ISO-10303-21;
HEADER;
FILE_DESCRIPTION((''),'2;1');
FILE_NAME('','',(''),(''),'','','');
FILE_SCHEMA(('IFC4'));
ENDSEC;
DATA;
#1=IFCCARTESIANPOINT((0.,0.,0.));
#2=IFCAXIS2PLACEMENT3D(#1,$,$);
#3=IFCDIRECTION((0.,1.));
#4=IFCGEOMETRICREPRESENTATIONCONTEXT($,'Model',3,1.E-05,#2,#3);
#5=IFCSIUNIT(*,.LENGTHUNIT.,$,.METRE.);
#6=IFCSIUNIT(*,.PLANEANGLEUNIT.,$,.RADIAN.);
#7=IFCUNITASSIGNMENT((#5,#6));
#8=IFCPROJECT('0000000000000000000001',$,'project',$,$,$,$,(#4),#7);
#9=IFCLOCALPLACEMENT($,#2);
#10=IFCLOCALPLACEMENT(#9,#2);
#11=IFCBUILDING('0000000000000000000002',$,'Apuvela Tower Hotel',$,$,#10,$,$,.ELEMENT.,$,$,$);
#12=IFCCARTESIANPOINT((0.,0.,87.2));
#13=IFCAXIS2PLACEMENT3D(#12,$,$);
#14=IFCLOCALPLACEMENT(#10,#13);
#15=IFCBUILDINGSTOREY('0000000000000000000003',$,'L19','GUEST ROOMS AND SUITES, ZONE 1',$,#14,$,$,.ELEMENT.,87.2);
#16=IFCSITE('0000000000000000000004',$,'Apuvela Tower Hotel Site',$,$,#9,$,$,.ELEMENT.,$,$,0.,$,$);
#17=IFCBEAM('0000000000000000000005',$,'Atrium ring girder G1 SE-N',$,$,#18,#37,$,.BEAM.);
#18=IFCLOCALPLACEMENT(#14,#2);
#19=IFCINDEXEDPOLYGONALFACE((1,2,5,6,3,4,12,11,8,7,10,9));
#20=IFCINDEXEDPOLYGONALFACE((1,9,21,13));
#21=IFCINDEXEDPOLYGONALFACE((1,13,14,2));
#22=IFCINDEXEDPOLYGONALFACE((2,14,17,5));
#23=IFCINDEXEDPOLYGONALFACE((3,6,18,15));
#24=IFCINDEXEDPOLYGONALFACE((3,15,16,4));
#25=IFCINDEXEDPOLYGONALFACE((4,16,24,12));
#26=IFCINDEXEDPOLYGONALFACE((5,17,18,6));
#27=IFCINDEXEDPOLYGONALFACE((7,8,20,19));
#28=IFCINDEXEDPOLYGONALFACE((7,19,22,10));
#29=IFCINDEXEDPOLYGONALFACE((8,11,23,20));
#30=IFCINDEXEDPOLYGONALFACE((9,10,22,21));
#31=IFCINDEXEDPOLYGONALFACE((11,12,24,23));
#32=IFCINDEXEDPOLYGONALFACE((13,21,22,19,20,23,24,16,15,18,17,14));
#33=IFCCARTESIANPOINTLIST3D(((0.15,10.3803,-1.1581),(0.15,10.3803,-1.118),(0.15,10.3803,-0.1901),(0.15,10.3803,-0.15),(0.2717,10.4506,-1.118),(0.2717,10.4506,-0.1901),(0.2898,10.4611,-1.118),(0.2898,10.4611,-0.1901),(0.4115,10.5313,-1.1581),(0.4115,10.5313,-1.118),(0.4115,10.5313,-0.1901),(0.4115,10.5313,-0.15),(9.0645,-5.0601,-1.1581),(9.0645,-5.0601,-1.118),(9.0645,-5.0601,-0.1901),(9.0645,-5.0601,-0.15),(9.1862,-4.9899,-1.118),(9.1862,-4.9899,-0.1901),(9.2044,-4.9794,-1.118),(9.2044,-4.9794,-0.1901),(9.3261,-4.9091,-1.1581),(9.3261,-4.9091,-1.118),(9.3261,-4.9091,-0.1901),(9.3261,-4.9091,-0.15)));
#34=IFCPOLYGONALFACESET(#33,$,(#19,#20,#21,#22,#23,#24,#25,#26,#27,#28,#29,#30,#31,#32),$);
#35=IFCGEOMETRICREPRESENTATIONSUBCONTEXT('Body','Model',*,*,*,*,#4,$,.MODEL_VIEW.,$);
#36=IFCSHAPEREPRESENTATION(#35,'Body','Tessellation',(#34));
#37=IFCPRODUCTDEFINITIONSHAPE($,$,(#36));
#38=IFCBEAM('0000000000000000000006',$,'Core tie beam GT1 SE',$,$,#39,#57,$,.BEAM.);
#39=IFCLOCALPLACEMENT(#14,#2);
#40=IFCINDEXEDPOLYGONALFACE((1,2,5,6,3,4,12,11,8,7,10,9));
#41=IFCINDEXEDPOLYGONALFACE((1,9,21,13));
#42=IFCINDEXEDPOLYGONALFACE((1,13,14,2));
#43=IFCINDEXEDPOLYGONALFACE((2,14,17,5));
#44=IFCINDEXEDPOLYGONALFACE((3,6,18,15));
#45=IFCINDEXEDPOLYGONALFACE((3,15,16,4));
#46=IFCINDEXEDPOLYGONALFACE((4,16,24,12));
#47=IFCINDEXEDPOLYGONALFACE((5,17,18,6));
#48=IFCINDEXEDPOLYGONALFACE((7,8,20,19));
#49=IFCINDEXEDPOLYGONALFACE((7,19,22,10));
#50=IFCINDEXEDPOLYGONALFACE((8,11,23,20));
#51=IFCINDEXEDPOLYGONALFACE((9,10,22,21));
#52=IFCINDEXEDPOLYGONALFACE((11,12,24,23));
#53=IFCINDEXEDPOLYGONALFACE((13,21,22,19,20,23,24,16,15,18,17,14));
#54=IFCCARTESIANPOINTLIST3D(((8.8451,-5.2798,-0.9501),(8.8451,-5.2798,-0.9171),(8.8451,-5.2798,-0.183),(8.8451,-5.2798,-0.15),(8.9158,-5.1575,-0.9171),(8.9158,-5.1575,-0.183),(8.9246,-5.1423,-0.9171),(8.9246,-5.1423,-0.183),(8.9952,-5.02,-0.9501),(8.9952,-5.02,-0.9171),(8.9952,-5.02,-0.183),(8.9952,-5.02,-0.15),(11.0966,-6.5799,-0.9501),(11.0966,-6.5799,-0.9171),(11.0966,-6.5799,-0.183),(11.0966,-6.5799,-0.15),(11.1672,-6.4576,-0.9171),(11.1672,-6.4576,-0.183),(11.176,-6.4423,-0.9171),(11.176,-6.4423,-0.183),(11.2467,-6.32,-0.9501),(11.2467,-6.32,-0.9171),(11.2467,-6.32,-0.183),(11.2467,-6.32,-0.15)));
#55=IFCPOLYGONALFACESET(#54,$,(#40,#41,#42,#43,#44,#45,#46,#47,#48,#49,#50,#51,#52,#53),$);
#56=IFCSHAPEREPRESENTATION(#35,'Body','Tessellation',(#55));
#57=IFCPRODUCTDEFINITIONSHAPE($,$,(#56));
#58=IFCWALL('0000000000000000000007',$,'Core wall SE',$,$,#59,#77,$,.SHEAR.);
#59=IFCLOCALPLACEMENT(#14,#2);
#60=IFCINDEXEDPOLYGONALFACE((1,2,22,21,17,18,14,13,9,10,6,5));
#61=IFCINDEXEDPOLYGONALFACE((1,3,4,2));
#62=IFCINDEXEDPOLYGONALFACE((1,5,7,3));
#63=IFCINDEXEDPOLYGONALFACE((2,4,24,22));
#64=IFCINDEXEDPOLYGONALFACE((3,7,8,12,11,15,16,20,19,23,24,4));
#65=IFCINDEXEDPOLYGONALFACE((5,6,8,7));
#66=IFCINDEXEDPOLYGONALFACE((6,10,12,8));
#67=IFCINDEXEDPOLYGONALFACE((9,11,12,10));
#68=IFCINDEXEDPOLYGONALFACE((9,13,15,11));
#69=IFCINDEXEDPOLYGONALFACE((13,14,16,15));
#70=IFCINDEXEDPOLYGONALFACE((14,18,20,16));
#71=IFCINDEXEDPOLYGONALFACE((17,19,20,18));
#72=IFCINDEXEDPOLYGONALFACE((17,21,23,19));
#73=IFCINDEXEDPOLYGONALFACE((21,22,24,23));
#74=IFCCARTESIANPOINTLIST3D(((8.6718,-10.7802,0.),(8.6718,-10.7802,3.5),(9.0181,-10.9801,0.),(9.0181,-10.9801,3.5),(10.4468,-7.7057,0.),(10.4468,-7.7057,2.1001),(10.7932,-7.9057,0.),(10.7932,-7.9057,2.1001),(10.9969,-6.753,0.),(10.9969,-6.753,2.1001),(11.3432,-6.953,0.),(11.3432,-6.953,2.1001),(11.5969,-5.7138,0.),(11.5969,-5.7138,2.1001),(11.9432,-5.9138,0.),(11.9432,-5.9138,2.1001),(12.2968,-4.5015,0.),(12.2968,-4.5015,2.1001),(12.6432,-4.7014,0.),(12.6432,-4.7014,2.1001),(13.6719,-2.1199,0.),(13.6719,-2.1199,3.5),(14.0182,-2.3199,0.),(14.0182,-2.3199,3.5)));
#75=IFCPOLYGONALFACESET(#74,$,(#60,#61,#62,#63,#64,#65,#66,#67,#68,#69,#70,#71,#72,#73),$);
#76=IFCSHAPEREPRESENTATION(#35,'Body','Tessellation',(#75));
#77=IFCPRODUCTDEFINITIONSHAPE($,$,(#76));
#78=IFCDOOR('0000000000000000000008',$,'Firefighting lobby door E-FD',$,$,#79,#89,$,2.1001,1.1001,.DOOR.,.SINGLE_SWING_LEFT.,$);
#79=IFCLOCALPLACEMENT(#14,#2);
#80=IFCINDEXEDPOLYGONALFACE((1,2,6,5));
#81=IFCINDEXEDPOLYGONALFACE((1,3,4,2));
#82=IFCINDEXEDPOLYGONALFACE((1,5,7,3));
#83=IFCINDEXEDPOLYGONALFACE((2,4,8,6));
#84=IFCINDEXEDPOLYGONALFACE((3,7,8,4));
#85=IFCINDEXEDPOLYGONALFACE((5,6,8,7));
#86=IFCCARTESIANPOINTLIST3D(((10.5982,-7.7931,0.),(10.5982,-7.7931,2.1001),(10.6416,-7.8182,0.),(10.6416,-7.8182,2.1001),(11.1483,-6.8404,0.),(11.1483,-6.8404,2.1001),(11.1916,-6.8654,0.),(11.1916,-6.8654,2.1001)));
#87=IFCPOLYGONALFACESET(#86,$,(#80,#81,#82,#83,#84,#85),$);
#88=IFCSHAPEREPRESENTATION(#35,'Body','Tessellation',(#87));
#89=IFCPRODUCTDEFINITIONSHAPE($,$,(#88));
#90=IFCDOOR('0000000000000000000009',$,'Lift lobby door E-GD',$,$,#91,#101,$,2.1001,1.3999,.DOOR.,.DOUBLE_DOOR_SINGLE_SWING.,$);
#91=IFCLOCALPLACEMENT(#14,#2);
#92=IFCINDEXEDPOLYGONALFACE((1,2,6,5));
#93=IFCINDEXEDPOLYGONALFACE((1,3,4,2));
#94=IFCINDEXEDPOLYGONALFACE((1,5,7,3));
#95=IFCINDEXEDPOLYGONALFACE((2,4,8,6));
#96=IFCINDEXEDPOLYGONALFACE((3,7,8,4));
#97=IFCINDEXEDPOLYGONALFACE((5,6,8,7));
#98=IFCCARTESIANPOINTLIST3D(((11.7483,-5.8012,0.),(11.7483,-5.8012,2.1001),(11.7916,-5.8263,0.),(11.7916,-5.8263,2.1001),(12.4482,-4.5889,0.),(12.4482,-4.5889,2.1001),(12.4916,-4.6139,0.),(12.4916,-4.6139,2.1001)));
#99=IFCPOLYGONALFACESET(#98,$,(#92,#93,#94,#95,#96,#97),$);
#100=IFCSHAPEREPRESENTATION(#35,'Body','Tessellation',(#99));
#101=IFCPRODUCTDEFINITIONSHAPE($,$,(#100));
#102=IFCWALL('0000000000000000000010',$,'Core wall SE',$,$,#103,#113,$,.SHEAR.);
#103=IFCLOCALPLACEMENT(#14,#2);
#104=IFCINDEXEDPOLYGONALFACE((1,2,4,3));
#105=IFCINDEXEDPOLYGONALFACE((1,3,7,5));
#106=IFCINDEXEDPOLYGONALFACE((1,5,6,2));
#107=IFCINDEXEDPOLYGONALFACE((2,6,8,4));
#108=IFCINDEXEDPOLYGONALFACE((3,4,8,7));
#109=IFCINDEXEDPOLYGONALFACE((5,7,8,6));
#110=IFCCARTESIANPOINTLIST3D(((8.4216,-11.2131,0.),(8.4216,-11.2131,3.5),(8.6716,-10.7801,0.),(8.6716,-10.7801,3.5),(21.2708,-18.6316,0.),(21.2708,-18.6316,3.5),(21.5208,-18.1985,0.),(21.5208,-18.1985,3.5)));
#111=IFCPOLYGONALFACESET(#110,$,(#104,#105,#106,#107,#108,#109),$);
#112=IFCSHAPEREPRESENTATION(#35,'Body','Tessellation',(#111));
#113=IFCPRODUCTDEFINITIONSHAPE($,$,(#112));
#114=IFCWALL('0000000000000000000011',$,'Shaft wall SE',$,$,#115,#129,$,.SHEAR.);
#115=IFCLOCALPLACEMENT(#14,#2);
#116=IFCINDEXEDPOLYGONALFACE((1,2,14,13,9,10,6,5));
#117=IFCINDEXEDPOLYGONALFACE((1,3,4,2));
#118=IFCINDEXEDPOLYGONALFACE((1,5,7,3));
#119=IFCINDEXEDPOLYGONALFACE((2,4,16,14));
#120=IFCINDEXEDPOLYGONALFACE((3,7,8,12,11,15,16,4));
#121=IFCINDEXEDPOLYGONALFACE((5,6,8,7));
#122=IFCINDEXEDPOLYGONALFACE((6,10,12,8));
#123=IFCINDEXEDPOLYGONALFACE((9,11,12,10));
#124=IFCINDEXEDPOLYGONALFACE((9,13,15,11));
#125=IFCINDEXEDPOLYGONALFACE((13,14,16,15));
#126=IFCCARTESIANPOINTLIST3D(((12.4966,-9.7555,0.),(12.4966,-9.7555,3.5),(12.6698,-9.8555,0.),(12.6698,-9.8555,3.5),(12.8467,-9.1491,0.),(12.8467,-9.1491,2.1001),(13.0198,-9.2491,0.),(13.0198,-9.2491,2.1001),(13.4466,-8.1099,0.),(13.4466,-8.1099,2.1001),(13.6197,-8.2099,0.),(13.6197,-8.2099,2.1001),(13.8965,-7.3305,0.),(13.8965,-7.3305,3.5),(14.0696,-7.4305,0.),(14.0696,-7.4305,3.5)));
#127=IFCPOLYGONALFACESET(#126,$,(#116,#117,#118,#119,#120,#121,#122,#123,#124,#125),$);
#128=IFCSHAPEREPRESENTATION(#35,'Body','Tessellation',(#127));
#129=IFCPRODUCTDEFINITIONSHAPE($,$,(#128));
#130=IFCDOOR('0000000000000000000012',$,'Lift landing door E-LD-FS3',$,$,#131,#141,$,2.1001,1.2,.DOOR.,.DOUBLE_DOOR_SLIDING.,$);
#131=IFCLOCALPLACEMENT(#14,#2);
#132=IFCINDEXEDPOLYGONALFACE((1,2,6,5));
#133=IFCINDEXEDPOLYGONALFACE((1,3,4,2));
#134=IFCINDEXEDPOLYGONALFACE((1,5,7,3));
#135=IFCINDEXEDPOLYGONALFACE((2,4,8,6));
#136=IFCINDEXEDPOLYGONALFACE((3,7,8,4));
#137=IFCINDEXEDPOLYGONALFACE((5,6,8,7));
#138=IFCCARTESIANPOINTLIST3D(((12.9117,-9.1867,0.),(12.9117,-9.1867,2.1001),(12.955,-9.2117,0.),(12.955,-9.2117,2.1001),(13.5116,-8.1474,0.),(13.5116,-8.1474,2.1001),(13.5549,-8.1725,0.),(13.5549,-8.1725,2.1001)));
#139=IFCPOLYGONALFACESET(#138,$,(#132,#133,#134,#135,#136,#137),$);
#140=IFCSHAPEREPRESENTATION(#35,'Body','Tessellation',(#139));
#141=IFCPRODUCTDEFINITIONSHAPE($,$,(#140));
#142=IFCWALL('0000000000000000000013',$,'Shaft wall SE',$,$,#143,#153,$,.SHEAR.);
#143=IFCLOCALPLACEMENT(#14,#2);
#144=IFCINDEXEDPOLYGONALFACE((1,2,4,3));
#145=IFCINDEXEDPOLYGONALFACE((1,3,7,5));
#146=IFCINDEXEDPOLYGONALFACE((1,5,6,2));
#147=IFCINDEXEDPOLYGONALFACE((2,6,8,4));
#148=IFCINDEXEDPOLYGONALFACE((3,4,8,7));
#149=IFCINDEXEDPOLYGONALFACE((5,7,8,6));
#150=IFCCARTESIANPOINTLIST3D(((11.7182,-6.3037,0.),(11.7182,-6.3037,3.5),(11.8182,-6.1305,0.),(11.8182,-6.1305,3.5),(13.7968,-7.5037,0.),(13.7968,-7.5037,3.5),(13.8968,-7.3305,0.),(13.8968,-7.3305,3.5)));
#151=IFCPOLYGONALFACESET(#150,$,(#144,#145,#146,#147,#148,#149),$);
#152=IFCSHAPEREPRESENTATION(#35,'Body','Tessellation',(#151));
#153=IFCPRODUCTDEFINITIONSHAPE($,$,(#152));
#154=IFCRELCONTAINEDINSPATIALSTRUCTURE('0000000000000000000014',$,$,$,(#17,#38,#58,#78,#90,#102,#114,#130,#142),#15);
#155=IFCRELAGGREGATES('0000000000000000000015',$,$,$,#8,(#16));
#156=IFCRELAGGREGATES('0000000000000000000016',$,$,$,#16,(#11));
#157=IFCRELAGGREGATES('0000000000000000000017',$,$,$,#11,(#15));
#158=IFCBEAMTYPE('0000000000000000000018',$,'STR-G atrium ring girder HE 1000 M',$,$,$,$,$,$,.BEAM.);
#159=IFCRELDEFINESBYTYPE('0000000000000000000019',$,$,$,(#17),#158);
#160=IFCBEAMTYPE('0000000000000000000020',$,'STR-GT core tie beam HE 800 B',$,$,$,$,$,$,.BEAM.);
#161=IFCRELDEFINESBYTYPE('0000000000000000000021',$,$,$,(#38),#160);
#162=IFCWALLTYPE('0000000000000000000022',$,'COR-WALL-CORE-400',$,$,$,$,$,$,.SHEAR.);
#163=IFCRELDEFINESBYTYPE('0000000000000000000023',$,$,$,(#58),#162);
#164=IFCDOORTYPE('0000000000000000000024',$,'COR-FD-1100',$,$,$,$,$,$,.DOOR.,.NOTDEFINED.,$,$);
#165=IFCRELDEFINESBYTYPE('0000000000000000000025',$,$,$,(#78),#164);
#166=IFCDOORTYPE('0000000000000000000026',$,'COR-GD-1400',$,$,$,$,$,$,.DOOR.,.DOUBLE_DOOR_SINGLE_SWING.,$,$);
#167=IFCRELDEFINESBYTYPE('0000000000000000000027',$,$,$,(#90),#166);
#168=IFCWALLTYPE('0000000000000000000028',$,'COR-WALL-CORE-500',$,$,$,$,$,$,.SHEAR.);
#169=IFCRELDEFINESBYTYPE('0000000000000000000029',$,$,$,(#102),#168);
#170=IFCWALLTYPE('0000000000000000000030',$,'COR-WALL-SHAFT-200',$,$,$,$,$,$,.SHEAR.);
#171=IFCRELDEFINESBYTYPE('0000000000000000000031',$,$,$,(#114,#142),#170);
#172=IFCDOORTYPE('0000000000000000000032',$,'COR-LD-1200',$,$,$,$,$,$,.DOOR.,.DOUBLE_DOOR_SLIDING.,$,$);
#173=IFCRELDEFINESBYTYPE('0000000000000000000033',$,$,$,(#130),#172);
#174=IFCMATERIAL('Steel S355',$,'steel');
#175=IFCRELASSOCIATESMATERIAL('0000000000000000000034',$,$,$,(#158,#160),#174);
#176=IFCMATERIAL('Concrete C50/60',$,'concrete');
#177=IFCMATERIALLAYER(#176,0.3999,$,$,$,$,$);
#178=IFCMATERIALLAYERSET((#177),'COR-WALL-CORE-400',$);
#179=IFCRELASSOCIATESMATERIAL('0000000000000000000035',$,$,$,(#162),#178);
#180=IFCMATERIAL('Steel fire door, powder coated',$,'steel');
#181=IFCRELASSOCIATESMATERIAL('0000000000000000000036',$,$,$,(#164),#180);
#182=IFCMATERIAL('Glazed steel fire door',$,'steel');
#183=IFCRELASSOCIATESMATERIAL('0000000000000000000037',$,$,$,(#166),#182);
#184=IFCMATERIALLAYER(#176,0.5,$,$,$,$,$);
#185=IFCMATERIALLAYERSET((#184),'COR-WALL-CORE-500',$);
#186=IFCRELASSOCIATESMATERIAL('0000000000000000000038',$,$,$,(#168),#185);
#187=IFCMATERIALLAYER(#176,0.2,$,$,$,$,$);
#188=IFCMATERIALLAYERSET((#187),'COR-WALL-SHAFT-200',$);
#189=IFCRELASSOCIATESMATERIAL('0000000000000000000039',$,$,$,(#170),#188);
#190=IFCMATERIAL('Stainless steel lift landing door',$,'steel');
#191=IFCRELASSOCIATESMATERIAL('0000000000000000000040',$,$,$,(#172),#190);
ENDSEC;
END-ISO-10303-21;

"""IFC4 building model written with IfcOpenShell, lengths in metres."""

from ifc_helpers import new_model, si_unit, direction, frame, frame_2d, origin, origin_2d, place, context, subcontext, project, spatial, rectangle, i_section, extrude, material, layer, layer_set, material_profile, profile_set, type_object, element, fill, save


model = new_model("IFC4")

# Units and contexts
model_context = context("Model", 3, precision=1e-05, world=origin(), true_north=direction((0.0, 1.0)))
body_context = subcontext(model_context, "Body", "Model", "MODEL_VIEW")
ifc_project = project(units=[si_unit("LENGTHUNIT", "METRE"), si_unit("PLANEANGLEUNIT", "RADIAN")], contexts=[model_context])

# Site, building, storey
site_placement = place(None, origin())
site = spatial("IfcSite", under=ifc_project, at=site_placement, Name="Apuvela Tower Hotel Site", CompositionType="ELEMENT", RefElevation=0.0)
building_placement = place(site_placement, origin())
building = spatial("IfcBuilding", under=site, at=building_placement, Name="Apuvela Tower Hotel", CompositionType="ELEMENT")
storey_placement = place(building_placement, frame((0.0, 0.0, 87.2)))
storey = spatial("IfcBuildingStorey", under=building, at=storey_placement, Name="L19", Description="GUEST ROOMS AND SUITES, ZONE 1", CompositionType="ELEMENT", Elevation=87.2)

# Beams
ifc_material_1 = material(Name="Steel S355", Category="steel")
ifc_material_profile_1 = material_profile(ifc_material_1, i_section(OverallWidth=0.302, OverallDepth=1.0081, WebThickness=0.021, FlangeThickness=0.04, at=origin_2d()), Name="HE 1000 M")
ifc_profile_set_1 = profile_set([ifc_material_profile_1], Name="Steel S355")
beam_type_1 = type_object("IfcBeamType", Name="STR-G atrium ring girder HE 1000 M", PredefinedType="BEAM", material=ifc_profile_set_1)
beam_1_placement = place(storey_placement, frame((9.1953, -4.9846, -0.6541), z_axis=(-0.500001, 0.866025, 0.0), x_axis=(-0.866025, -0.500001, 0.0)))
element("IfcBeam", 1, at=beam_1_placement, inside=storey, type_object=beam_type_1, Name="Atrium ring girder G1 SE-N", PredefinedType="BEAM", context=body_context, shape_type="SweptSolid", body=[
    extrude(i_section(OverallWidth=0.302, OverallDepth=1.0081, WebThickness=0.021, FlangeThickness=0.04, at=origin_2d()), origin(), (0.0, 0.0, 1.0), 17.8291),
])
ifc_material_profile_2 = material_profile(ifc_material_1, i_section(OverallWidth=0.3, OverallDepth=0.8, WebThickness=0.0176, FlangeThickness=0.033, at=origin_2d()), Name="HE 800 B")
ifc_profile_set_2 = profile_set([ifc_material_profile_2], Name="Steel S355")
beam_type_2 = type_object("IfcBeamType", Name="STR-GT core tie beam HE 800 B", PredefinedType="BEAM", material=ifc_profile_set_2)
beam_2_placement = place(storey_placement, frame((11.1716, -6.45, -0.55), z_axis=(-0.865998, 0.500048, 0.0), x_axis=(-0.500048, -0.865998, 0.0)))
element("IfcBeam", 2, at=beam_2_placement, inside=storey, type_object=beam_type_2, Name="Core tie beam GT1 SE", PredefinedType="BEAM", context=body_context, shape_type="SweptSolid", body=[
    extrude(i_section(OverallWidth=0.3, OverallDepth=0.8, WebThickness=0.0176, FlangeThickness=0.033, at=origin_2d()), origin(), (0.0, 0.0, 1.0), 2.5999),
])

# Wall, openings, doors
ifc_material_2 = material(Name="Concrete C50/60", Category="concrete")
ifc_layer_1 = layer(ifc_material_2, 0.3999)
ifc_layer_set_1 = layer_set([ifc_layer_1], Name="COR-WALL-CORE-400")
wall_type_1 = type_object("IfcWallType", Name="COR-WALL-CORE-400", PredefinedType="SHEAR", material=ifc_layer_set_1)
wall_1_placement = place(storey_placement, frame((8.845, -10.8801, 0.0), z_axis=(0.0, 0.0, 1.0), x_axis=(0.500004, 0.866023, 0.0)))
wall_1 = element("IfcWall", 3, at=wall_1_placement, inside=storey, type_object=wall_type_1, Name="Core wall SE", PredefinedType="SHEAR", context=body_context, shape_type="SweptSolid", body=[
    extrude(rectangle(XDim=10.0, YDim=0.3999, at=frame_2d((5.0, 0.0))), origin(), (0.0, 0.0, 1.0), 3.5),
])
opening_1_placement = place(wall_1_placement, frame((3.55, 0.0, 0.0)))
opening_1 = element("IfcOpeningElement", 4, at=opening_1_placement, cuts=wall_1, PredefinedType="OPENING", context=body_context, shape_type="SweptSolid", body=[
    extrude(rectangle(XDim=1.1001, YDim=2.1001, at=frame_2d((0.55, 1.05))), frame((0.0, 0.21, 0.0), z_axis=(0.0, -1.0, 0.0), x_axis=(1.0, 0.0, 0.0)), (0.0, 0.0, 1.0), 0.4199),
])
opening_2_placement = place(wall_1_placement, frame((5.8501, 0.0, 0.0)))
opening_2 = element("IfcOpeningElement", 5, at=opening_2_placement, cuts=wall_1, PredefinedType="OPENING", context=body_context, shape_type="SweptSolid", body=[
    extrude(rectangle(XDim=1.3999, YDim=2.1001, at=frame_2d((0.7, 1.05))), frame((0.0, 0.21, 0.0), z_axis=(0.0, -1.0, 0.0), x_axis=(1.0, 0.0, 0.0)), (0.0, 0.0, 1.0), 0.4199),
])
ifc_material_3 = material(Name="Steel fire door, powder coated", Category="steel")
door_type_1 = type_object("IfcDoorType", Name="COR-FD-1100", OperationType="NOTDEFINED", PredefinedType="DOOR", material=ifc_material_3)
door_1_placement = place(opening_1_placement, frame((1.1001, 0.0, 0.0), z_axis=(0.0, 0.0, 1.0), x_axis=(-1.0, 0.0, 0.0)))
door_1 = element("IfcDoor", 6, at=door_1_placement, inside=storey, type_object=door_type_1, Name="Firefighting lobby door E-FD", OperationType="SINGLE_SWING_LEFT", OverallHeight=2.1001, OverallWidth=1.1001, PredefinedType="DOOR", context=body_context, shape_type="SweptSolid", body=[
    extrude(rectangle(XDim=1.1001, YDim=2.1001, at=frame_2d((0.55, 1.05))), frame((0.0, 0.0249, 0.0), z_axis=(0.0, -1.0, 0.0), x_axis=(1.0, 0.0, 0.0)), (0.0, 0.0, 1.0), 0.05),
])
fill(opening_1, door_1)
ifc_material_4 = material(Name="Glazed steel fire door", Category="steel")
door_type_2 = type_object("IfcDoorType", Name="COR-GD-1400", OperationType="DOUBLE_DOOR_SINGLE_SWING", PredefinedType="DOOR", material=ifc_material_4)
door_2_placement = place(opening_2_placement, frame((1.3999, 0.0, 0.0), z_axis=(0.0, 0.0, 1.0), x_axis=(-1.0, 0.0, 0.0)))
door_2 = element("IfcDoor", 7, at=door_2_placement, inside=storey, type_object=door_type_2, Name="Lift lobby door E-GD", OperationType="DOUBLE_DOOR_SINGLE_SWING", OverallHeight=2.1001, OverallWidth=1.3999, PredefinedType="DOOR", context=body_context, shape_type="SweptSolid", body=[
    extrude(rectangle(XDim=1.3999, YDim=2.1001, at=frame_2d((0.7, 1.05))), frame((0.0, 0.0249, 0.0), z_axis=(0.0, -1.0, 0.0), x_axis=(1.0, 0.0, 0.0)), (0.0, 0.0, 1.0), 0.05),
])
fill(opening_2, door_2)

# Wall
ifc_layer_2 = layer(ifc_material_2, 0.5)
ifc_layer_set_2 = layer_set([ifc_layer_2], Name="COR-WALL-CORE-500")
wall_type_2 = type_object("IfcWallType", Name="COR-WALL-CORE-500", PredefinedType="SHEAR", material=ifc_layer_set_2)
wall_2_placement = place(storey_placement, frame((8.5466, -10.9966, 0.0), z_axis=(0.0, 0.0, 1.0), x_axis=(0.866025, -0.500001, 0.0)))
element("IfcWall", 8, at=wall_2_placement, inside=storey, type_object=wall_type_2, Name="Core wall SE", PredefinedType="SHEAR", context=body_context, shape_type="SweptSolid", body=[
    extrude(rectangle(XDim=14.8369, YDim=0.5, at=frame_2d((7.4185, 0.0))), origin(), (0.0, 0.0, 1.0), 3.5),
])

# Wall, opening, door
ifc_layer_3 = layer(ifc_material_2, 0.2)
ifc_layer_set_3 = layer_set([ifc_layer_3], Name="COR-WALL-SHAFT-200")
wall_type_3 = type_object("IfcWallType", Name="COR-WALL-SHAFT-200", PredefinedType="SHEAR", material=ifc_layer_set_3)
wall_3_placement = place(storey_placement, frame((12.5833, -9.8054, 0.0), z_axis=(0.0, 0.0, 1.0), x_axis=(0.499946, 0.866056, 0.0)))
wall_3 = element("IfcWall", 9, at=wall_3_placement, inside=storey, type_object=wall_type_3, Name="Shaft wall SE", PredefinedType="SHEAR", context=body_context, shape_type="SweptSolid", body=[
    extrude(rectangle(XDim=2.8, YDim=0.2, at=frame_2d((1.3999, 0.0))), origin(), (0.0, 0.0, 1.0), 3.5),
])
opening_3_placement = place(wall_3_placement, frame((0.7, 0.0, 0.0)))
opening_3 = element("IfcOpeningElement", 10, at=opening_3_placement, cuts=wall_3, PredefinedType="OPENING", context=body_context, shape_type="SweptSolid", body=[
    extrude(rectangle(XDim=1.2, YDim=2.1001, at=frame_2d((0.6001, 1.05))), frame((0.0, 0.1099, 0.0), z_axis=(0.0, -1.0, 0.0), x_axis=(1.0, 0.0, 0.0)), (0.0, 0.0, 1.0), 0.22),
])
ifc_material_5 = material(Name="Stainless steel lift landing door", Category="steel")
door_type_3 = type_object("IfcDoorType", Name="COR-LD-1200", OperationType="DOUBLE_DOOR_SLIDING", PredefinedType="DOOR", material=ifc_material_5)
door_3_placement = place(opening_3_placement, origin())
door_3 = element("IfcDoor", 11, at=door_3_placement, inside=storey, type_object=door_type_3, Name="Lift landing door E-LD-FS3", OperationType="DOUBLE_DOOR_SLIDING", OverallHeight=2.1001, OverallWidth=1.2, PredefinedType="DOOR", context=body_context, shape_type="SweptSolid", body=[
    extrude(rectangle(XDim=1.2, YDim=2.1001, at=frame_2d((0.6001, 1.05))), frame((0.0, 0.0249, 0.0), z_axis=(0.0, -1.0, 0.0), x_axis=(1.0, 0.0, 0.0)), (0.0, 0.0, 1.0), 0.05),
])
fill(opening_3, door_3)

# Wall
wall_4_placement = place(storey_placement, frame((11.7681, -6.217, 0.0), z_axis=(0.0, 0.0, 1.0), x_axis=(0.86605, -0.499957, 0.0)))
element("IfcWall", 12, at=wall_4_placement, inside=storey, type_object=wall_type_3, Name="Shaft wall SE", PredefinedType="SHEAR", context=body_context, shape_type="SweptSolid", body=[
    extrude(rectangle(XDim=2.4001, YDim=0.2, at=frame_2d((1.2002, 0.0))), origin(), (0.0, 0.0, 1.0), 3.5),
])

save(model, "model.ifc")
